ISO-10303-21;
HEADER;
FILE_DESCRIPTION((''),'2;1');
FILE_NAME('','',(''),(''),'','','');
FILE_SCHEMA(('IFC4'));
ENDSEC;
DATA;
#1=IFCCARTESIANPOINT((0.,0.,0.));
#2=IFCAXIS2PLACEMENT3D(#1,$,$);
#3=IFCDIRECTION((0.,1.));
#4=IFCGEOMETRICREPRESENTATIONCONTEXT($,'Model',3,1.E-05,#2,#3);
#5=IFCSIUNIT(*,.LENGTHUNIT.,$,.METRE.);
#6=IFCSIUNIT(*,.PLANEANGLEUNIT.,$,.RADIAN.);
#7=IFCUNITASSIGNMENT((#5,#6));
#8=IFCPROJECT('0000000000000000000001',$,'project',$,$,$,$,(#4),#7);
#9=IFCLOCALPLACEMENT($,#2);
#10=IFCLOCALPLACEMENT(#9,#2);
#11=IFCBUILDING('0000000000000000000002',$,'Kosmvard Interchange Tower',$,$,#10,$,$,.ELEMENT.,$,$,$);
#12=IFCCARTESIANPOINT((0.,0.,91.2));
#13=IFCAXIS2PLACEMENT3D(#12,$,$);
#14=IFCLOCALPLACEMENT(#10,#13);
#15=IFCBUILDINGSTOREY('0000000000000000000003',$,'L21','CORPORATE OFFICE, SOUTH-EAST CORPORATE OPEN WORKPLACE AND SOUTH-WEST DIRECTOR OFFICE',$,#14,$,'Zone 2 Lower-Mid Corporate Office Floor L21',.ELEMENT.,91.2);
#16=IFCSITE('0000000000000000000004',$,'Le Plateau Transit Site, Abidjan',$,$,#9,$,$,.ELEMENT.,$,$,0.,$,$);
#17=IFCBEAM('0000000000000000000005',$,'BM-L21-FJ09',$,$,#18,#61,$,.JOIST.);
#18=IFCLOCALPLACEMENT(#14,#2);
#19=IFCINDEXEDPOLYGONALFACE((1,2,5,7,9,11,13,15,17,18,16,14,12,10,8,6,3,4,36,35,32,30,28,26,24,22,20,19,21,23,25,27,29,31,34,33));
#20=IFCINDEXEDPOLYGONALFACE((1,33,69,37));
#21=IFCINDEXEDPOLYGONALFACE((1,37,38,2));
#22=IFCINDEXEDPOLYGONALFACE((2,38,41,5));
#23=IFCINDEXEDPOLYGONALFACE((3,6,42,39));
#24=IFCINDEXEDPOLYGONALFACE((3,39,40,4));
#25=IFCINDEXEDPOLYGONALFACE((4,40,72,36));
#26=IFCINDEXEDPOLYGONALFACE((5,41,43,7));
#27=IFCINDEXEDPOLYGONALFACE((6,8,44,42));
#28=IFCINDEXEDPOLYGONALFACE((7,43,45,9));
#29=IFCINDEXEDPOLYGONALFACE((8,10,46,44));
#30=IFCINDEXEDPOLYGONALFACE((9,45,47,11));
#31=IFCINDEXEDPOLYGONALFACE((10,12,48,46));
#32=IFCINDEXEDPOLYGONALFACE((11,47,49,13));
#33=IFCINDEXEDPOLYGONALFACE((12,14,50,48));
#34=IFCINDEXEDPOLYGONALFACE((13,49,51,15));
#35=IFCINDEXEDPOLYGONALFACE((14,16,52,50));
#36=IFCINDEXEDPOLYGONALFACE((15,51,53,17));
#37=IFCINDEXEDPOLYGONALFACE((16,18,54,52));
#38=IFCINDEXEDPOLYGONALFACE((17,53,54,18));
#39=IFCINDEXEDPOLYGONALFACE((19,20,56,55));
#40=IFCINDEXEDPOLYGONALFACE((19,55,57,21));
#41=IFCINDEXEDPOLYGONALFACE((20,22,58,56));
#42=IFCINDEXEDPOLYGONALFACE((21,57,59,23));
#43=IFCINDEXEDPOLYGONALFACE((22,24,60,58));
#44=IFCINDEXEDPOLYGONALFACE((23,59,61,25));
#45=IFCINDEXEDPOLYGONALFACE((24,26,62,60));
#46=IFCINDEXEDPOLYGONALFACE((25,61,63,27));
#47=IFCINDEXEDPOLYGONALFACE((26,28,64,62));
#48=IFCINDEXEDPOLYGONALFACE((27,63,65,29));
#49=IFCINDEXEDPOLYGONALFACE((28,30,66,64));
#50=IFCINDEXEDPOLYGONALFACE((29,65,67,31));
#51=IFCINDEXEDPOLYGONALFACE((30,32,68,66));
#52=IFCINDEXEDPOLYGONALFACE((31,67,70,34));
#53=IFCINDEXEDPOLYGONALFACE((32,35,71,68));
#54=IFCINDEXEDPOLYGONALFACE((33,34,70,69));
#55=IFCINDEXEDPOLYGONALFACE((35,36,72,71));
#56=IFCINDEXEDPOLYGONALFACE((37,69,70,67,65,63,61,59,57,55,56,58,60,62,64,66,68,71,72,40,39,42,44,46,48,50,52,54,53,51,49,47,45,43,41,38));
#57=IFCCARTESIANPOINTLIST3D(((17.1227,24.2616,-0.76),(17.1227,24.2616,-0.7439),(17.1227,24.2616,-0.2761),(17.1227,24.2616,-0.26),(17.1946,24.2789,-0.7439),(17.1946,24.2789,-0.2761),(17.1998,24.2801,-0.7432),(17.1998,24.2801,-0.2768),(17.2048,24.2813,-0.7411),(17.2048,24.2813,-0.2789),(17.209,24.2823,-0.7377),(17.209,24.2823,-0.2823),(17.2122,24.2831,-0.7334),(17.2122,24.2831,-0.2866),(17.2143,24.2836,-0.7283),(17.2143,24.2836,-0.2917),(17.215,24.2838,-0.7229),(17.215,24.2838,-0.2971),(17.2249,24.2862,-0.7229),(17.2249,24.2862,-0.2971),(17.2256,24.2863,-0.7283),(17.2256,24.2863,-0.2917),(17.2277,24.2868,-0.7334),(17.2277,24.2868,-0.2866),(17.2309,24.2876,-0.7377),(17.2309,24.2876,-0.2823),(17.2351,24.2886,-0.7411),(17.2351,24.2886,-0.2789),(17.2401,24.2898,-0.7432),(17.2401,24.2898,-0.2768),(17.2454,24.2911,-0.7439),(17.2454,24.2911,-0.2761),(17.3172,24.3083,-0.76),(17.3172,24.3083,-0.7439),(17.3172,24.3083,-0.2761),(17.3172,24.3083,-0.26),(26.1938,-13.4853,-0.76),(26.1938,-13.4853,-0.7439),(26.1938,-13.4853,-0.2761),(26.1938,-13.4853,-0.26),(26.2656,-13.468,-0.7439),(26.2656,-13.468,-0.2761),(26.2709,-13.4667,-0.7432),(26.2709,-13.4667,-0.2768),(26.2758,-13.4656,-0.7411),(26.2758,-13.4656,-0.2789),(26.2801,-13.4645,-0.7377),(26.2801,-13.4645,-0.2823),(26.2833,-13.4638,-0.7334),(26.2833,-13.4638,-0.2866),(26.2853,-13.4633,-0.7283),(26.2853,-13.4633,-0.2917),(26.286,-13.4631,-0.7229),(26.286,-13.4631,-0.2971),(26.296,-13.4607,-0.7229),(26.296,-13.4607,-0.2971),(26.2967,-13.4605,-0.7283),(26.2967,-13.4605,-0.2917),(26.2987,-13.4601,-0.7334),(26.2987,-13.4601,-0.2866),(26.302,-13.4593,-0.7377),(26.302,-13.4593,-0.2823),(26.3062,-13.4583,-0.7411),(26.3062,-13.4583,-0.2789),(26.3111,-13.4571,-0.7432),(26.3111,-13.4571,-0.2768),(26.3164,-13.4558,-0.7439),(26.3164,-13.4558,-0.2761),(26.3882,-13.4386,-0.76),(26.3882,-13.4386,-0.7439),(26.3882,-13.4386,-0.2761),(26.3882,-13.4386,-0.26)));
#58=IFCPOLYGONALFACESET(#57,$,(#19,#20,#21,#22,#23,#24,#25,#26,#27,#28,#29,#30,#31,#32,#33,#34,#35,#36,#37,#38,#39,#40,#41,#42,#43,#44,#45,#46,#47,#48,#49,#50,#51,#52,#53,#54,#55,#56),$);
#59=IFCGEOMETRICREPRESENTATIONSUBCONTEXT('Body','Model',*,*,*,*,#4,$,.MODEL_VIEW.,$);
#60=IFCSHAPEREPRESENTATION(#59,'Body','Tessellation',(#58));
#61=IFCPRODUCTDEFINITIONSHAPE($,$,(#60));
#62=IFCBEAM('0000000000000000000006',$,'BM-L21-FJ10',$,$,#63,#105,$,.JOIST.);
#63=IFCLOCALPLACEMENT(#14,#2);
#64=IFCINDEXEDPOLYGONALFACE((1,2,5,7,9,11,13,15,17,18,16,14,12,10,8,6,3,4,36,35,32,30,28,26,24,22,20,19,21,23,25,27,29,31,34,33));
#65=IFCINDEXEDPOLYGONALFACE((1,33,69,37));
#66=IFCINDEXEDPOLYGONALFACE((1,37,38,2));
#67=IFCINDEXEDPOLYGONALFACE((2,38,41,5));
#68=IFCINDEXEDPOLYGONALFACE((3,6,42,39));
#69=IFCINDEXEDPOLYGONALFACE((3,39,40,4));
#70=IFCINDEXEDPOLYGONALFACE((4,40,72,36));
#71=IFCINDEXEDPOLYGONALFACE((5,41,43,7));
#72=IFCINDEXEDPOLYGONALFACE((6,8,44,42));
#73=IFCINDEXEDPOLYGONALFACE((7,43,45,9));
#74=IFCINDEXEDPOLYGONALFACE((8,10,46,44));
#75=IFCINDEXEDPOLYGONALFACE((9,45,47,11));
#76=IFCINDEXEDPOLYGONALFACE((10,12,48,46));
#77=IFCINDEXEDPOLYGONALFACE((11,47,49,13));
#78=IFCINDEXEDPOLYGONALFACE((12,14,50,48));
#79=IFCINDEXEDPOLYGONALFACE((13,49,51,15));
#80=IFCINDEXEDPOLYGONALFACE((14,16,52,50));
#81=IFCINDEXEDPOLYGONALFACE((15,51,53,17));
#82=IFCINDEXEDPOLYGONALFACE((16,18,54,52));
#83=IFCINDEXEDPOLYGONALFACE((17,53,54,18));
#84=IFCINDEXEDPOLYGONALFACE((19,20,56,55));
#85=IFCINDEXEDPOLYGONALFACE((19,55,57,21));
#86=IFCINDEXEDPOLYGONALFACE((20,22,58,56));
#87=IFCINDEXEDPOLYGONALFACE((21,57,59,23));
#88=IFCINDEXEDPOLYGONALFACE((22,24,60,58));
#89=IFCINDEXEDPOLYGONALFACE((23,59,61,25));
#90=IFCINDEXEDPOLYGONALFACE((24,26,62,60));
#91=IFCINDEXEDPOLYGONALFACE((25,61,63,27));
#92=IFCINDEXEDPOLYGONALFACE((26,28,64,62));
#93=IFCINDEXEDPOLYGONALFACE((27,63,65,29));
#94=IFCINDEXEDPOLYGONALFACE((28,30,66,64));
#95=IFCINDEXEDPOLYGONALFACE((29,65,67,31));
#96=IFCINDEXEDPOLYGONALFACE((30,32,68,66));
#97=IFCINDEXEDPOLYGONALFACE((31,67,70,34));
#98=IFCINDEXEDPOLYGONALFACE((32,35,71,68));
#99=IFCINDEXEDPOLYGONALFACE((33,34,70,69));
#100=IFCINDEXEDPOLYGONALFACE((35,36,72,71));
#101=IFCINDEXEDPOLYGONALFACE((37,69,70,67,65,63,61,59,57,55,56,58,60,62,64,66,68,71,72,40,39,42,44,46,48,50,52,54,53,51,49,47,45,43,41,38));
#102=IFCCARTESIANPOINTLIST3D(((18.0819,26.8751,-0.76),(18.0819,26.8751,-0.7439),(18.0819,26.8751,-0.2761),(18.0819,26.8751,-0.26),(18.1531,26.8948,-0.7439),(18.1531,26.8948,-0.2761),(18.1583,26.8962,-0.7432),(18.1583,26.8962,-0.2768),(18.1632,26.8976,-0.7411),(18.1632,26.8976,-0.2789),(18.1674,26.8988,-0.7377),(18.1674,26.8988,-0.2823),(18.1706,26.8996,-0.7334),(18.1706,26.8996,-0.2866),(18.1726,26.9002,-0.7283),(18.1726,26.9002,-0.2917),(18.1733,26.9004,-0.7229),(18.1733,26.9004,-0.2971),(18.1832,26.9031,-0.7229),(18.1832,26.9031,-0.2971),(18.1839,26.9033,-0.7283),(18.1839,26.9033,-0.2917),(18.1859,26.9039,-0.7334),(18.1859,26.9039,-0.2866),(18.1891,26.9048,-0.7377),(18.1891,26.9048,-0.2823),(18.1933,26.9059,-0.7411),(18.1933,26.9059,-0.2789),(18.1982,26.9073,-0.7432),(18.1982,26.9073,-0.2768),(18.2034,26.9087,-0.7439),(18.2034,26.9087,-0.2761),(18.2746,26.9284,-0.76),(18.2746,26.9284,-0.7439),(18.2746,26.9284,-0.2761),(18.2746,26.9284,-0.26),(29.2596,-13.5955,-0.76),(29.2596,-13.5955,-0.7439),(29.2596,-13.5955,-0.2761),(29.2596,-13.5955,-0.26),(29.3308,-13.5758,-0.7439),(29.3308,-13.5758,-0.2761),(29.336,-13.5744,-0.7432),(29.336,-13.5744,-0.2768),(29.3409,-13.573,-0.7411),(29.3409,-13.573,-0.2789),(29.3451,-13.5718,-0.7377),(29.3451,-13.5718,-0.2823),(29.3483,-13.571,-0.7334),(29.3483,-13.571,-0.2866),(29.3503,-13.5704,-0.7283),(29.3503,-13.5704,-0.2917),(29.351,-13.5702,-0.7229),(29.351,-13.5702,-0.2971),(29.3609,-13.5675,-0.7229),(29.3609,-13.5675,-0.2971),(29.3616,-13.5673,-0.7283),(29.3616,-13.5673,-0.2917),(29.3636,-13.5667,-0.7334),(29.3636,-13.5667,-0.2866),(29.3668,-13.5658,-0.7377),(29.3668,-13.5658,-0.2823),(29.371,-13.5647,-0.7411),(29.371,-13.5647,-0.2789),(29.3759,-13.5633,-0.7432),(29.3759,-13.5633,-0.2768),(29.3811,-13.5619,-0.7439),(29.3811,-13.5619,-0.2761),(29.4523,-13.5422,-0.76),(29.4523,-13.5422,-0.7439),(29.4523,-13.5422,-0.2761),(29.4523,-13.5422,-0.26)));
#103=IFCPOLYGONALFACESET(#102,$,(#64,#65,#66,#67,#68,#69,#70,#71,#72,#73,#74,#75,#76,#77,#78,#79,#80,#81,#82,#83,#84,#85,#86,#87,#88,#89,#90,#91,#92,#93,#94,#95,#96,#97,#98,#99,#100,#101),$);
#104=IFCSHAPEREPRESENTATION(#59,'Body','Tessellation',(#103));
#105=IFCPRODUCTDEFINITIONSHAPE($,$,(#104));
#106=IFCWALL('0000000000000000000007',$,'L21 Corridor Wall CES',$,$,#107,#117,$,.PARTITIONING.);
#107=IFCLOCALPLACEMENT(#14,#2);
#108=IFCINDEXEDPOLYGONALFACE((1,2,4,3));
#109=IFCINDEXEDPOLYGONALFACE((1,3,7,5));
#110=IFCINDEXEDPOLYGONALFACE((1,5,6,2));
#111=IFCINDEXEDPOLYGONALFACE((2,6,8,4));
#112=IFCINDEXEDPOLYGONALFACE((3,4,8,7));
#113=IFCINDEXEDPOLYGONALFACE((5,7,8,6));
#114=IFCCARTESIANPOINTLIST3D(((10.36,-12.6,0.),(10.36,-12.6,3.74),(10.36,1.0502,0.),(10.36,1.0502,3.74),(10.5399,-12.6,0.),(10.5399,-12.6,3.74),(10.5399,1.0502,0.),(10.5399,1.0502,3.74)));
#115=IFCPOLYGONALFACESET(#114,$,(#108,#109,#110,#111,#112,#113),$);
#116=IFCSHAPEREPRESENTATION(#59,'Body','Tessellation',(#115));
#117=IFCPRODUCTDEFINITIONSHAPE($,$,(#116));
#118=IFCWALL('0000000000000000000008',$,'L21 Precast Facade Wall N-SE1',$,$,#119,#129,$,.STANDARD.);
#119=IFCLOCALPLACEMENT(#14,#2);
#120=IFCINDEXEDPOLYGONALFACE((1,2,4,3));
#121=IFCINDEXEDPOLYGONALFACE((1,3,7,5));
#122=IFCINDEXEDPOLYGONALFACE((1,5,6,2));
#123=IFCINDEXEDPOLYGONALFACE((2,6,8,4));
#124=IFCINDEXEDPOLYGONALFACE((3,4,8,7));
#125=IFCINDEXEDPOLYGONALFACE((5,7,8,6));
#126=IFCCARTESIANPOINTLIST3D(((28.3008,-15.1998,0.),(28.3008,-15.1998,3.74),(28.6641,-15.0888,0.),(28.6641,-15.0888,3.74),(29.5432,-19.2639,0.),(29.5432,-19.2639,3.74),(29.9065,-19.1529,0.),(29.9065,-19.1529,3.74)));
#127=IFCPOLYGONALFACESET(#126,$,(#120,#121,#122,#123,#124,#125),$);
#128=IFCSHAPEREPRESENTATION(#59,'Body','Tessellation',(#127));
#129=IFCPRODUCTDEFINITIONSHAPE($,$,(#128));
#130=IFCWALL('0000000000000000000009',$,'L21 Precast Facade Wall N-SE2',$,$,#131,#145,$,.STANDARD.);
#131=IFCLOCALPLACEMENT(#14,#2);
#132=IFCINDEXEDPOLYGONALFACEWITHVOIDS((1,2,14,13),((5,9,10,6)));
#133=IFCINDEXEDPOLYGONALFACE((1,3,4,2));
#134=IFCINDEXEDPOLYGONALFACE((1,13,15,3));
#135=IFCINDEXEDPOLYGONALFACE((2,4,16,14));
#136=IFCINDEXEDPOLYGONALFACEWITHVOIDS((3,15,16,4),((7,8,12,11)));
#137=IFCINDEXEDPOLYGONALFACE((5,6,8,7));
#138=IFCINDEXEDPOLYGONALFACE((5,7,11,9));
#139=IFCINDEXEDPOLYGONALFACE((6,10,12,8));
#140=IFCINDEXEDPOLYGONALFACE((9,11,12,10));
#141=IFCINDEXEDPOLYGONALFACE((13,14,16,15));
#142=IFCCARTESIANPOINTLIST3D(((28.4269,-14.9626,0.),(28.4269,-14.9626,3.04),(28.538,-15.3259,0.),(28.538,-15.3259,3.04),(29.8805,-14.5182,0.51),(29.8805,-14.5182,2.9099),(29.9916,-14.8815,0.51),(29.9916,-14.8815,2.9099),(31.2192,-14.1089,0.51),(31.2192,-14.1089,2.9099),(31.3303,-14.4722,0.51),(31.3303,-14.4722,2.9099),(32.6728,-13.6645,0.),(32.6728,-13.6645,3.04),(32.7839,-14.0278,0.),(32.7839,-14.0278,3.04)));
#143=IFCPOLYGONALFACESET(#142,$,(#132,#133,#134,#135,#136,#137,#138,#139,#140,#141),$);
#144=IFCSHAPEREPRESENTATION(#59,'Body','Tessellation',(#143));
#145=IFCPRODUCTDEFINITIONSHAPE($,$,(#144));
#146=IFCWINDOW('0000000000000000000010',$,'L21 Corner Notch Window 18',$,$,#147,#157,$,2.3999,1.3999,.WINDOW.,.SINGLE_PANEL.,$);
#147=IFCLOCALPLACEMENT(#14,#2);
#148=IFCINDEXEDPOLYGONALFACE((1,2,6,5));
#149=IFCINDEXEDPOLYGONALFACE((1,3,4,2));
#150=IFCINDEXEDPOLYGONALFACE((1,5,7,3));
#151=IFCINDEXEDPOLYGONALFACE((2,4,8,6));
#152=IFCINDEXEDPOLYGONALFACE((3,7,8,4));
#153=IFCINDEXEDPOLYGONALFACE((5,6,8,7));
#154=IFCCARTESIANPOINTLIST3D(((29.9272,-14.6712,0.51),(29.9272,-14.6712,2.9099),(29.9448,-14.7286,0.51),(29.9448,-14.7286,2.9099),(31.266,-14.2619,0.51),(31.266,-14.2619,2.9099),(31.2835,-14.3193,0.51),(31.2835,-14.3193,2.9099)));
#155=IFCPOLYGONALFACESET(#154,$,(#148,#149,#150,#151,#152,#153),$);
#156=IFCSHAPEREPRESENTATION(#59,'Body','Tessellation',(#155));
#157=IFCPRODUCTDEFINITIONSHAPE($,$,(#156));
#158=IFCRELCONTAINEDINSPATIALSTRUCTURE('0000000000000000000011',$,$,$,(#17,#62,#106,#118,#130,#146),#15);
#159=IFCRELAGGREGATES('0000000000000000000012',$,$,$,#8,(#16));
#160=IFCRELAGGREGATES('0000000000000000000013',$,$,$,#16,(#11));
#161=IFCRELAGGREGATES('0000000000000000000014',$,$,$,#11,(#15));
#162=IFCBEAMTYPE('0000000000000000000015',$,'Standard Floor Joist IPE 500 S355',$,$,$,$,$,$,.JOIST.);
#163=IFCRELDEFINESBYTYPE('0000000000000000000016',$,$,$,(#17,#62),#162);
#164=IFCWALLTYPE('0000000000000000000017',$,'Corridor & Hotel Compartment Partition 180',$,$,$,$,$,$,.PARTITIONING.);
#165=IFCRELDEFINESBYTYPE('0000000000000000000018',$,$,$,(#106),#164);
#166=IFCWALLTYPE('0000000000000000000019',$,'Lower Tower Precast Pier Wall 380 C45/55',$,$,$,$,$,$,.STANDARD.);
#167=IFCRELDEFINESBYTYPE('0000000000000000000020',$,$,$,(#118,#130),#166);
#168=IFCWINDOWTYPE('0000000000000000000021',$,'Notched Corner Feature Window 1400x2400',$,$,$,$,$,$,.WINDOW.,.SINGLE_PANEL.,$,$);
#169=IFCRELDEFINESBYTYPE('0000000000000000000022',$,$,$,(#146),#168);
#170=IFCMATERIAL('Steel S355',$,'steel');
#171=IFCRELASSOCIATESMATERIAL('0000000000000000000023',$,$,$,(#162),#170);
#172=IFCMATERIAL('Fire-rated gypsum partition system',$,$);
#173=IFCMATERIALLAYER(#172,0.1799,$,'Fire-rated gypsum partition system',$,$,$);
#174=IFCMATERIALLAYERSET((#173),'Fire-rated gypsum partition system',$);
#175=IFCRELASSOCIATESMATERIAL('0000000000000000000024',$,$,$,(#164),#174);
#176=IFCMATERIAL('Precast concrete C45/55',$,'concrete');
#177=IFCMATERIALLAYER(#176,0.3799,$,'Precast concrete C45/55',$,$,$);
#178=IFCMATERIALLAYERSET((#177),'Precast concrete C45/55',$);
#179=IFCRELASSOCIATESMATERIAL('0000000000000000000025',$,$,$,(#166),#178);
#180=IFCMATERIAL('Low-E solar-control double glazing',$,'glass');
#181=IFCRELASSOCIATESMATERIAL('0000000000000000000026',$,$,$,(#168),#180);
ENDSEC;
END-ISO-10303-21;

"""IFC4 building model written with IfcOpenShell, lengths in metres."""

from ifc_helpers import new_model, si_unit, direction, frame, frame_2d, origin, origin_2d, place, context, subcontext, project, spatial, rectangle, i_section, extrude, source, transform, mapped, material, layer, layer_set, material_profile, profile_set, type_object, element, fill, save


model = new_model("IFC4")

# Units and contexts
model_context = context("Model", 3, precision=1e-05, world=origin(), true_north=direction((0.0, 1.0)))
body_context = subcontext(model_context, "Body", "Model", "MODEL_VIEW")
ifc_project = project(units=[si_unit("LENGTHUNIT", "METRE"), si_unit("PLANEANGLEUNIT", "RADIAN")], contexts=[model_context])

# Site, building, storey
site_placement = place(None, origin())
site = spatial("IfcSite", under=ifc_project, at=site_placement, Name="Le Plateau Transit Site, Abidjan", CompositionType="ELEMENT", RefElevation=0.0)
building_placement = place(site_placement, origin())
building = spatial("IfcBuilding", under=site, at=building_placement, Name="Kosmvard Interchange Tower", CompositionType="ELEMENT")
storey_placement = place(building_placement, frame((0.0, 0.0, 91.2)))
storey = spatial("IfcBuildingStorey", under=building, at=storey_placement, Name="L21", Description="CORPORATE OFFICE, SOUTH-EAST CORPORATE OPEN WORKPLACE AND SOUTH-WEST DIRECTOR OFFICE", LongName="Zone 2 Lower-Mid Corporate Office Floor L21", CompositionType="ELEMENT", Elevation=91.2)

# Beams
ifc_material_1 = material(Name="Steel S355", Category="steel")
ifc_material_2 = material(Name="Precast concrete C45/55", Category="concrete")
ifc_material_profile_1 = material_profile(ifc_material_1, i_section(OverallWidth=0.2, OverallDepth=0.5, WebThickness=0.0103, FlangeThickness=0.0161, FilletRadius=0.021, at=origin_2d()), Name="IPE 500")
ifc_profile_set_1 = profile_set([ifc_material_profile_1], Name="Steel S355")
beam_type_1 = type_object("IfcBeamType", Name="Standard Floor Joist IPE 500 S355", PredefinedType="JOIST", material=ifc_profile_set_1)
shared_shape_1 = source(origin(), body_context, "Body", "SweptSolid", [
    extrude(i_section(OverallWidth=0.2, OverallDepth=0.5, WebThickness=0.0103, FlangeThickness=0.0161, FilletRadius=0.021, at=origin_2d()), origin(), (0.0, 0.0, 1.0), 38.8215),
])
beam_1_placement = place(storey_placement, frame((26.291, -13.4619, -0.51), z_axis=(-0.233661, 0.972318, 0.0), x_axis=(-0.972318, -0.233661, 0.0)))
element("IfcBeam", 1, at=beam_1_placement, inside=storey, type_object=beam_type_1, Name="BM-L21-FJ09", PredefinedType="JOIST", context=body_context, shape_type="MappedRepresentation", body=[
    mapped(shared_shape_1, transform((0.0, 0.0, 0.0), scale=1.0)),
])
shared_shape_2 = source(origin(), body_context, "Body", "SweptSolid", [
    extrude(i_section(OverallWidth=0.2, OverallDepth=0.5, WebThickness=0.0103, FlangeThickness=0.0161, FilletRadius=0.021, at=origin_2d()), origin(), (0.0, 0.0, 1.0), 41.9858),
])
beam_2_placement = place(storey_placement, frame((29.356, -13.5688, -0.51), z_axis=(-0.266226, 0.963911, 0.0), x_axis=(-0.963911, -0.266226, 0.0)))
element("IfcBeam", 2, at=beam_2_placement, inside=storey, type_object=beam_type_1, Name="BM-L21-FJ10", PredefinedType="JOIST", context=body_context, shape_type="MappedRepresentation", body=[
    mapped(shared_shape_2, transform((0.0, 0.0, 0.0), scale=1.0)),
])

# Walls
ifc_material_3 = material(Name="Fire-rated gypsum partition system")
ifc_layer_1 = layer(ifc_material_3, 0.1799, Name="Fire-rated gypsum partition system")
ifc_layer_set_1 = layer_set([ifc_layer_1], Name="Fire-rated gypsum partition system")
wall_type_1 = type_object("IfcWallType", Name="Corridor & Hotel Compartment Partition 180", PredefinedType="PARTITIONING", material=ifc_layer_set_1)
wall_1_placement = place(storey_placement, frame((10.45, -12.6001, 0.0), z_axis=(0.0, 0.0, 1.0), x_axis=(0.0, 1.0, 0.0)))
element("IfcWall", 3, at=wall_1_placement, inside=storey, type_object=wall_type_1, Name="L21 Corridor Wall CES", PredefinedType="PARTITIONING", context=body_context, shape_type="SweptSolid", body=[
    extrude(rectangle(XDim=13.6501, YDim=0.1799, at=frame_2d((6.8252, 0.0))), origin(), (0.0, 0.0, 1.0), 3.74),
])
ifc_layer_2 = layer(ifc_material_2, 0.3799, Name="Precast concrete C45/55")
ifc_layer_set_2 = layer_set([ifc_layer_2], Name="Precast concrete C45/55")
wall_type_2 = type_object("IfcWallType", Name="Lower Tower Precast Pier Wall 380 C45/55", PredefinedType="STANDARD", material=ifc_layer_set_2)
wall_2_placement = place(storey_placement, frame((29.7249, -19.2085, 0.0), z_axis=(0.0, 0.0, 1.0), x_axis=(-0.292346, 0.956313, 0.0)))
element("IfcWall", 4, at=wall_2_placement, inside=storey, type_object=wall_type_2, Name="L21 Precast Facade Wall N-SE1", PredefinedType="STANDARD", context=body_context, shape_type="SweptSolid", body=[
    extrude(rectangle(XDim=4.2498, YDim=0.3799, at=frame_2d((2.125, 0.0))), origin(), (0.0, 0.0, 1.0), 3.74),
])

# Wall, opening, window
wall_3_placement = place(storey_placement, frame((28.4824, -15.1443, 0.0), z_axis=(0.0, 0.0, 1.0), x_axis=(0.956304, 0.292374, 0.0)))
wall_3 = element("IfcWall", 5, at=wall_3_placement, inside=storey, type_object=wall_type_2, Name="L21 Precast Facade Wall N-SE2", PredefinedType="STANDARD", context=body_context, shape_type="SweptSolid", body=[
    extrude(rectangle(XDim=4.4399, YDim=0.3799, at=frame_2d((2.22, 0.0))), origin(), (0.0, 0.0, 1.0), 3.04),
])
opening_1_placement = place(wall_3_placement, frame((1.52, 0.0, 0.51)))
opening_1 = element("IfcOpeningElement", 6, at=opening_1_placement, cuts=wall_3, PredefinedType="OPENING", context=body_context, shape_type="SweptSolid", body=[
    extrude(rectangle(XDim=1.3999, YDim=2.3999, at=frame_2d((0.7, 1.2))), frame((0.0, 0.2, 0.0), z_axis=(0.0, -1.0, 0.0), x_axis=(1.0, 0.0, 0.0)), (0.0, 0.0, 1.0), 0.3999),
])
ifc_material_4 = material(Name="Low-E solar-control double glazing", Category="glass")
window_type_1 = type_object("IfcWindowType", Name="Notched Corner Feature Window 1400x2400", PartitioningType="SINGLE_PANEL", PredefinedType="WINDOW", material=ifc_material_4)
shared_shape_3 = source(origin(), body_context, "Body", "SweptSolid", [
    extrude(rectangle(XDim=1.3999, YDim=2.3999, at=frame_2d((0.7, 1.2))), frame((0.0, 0.03, 0.0), z_axis=(0.0, -1.0, 0.0), x_axis=(1.0, 0.0, 0.0)), (0.0, 0.0, 1.0), 0.0601),
])
window_1_placement = place(opening_1_placement, origin())
window_1 = element("IfcWindow", 7, at=window_1_placement, inside=storey, type_object=window_type_1, Name="L21 Corner Notch Window 18", OverallHeight=2.3999, OverallWidth=1.3999, PartitioningType="SINGLE_PANEL", PredefinedType="WINDOW", context=body_context, shape_type="MappedRepresentation", body=[
    mapped(shared_shape_3, transform((0.0, 0.0, 0.0), scale=1.0)),
])
fill(opening_1, window_1)

save(model, "model.ifc")
